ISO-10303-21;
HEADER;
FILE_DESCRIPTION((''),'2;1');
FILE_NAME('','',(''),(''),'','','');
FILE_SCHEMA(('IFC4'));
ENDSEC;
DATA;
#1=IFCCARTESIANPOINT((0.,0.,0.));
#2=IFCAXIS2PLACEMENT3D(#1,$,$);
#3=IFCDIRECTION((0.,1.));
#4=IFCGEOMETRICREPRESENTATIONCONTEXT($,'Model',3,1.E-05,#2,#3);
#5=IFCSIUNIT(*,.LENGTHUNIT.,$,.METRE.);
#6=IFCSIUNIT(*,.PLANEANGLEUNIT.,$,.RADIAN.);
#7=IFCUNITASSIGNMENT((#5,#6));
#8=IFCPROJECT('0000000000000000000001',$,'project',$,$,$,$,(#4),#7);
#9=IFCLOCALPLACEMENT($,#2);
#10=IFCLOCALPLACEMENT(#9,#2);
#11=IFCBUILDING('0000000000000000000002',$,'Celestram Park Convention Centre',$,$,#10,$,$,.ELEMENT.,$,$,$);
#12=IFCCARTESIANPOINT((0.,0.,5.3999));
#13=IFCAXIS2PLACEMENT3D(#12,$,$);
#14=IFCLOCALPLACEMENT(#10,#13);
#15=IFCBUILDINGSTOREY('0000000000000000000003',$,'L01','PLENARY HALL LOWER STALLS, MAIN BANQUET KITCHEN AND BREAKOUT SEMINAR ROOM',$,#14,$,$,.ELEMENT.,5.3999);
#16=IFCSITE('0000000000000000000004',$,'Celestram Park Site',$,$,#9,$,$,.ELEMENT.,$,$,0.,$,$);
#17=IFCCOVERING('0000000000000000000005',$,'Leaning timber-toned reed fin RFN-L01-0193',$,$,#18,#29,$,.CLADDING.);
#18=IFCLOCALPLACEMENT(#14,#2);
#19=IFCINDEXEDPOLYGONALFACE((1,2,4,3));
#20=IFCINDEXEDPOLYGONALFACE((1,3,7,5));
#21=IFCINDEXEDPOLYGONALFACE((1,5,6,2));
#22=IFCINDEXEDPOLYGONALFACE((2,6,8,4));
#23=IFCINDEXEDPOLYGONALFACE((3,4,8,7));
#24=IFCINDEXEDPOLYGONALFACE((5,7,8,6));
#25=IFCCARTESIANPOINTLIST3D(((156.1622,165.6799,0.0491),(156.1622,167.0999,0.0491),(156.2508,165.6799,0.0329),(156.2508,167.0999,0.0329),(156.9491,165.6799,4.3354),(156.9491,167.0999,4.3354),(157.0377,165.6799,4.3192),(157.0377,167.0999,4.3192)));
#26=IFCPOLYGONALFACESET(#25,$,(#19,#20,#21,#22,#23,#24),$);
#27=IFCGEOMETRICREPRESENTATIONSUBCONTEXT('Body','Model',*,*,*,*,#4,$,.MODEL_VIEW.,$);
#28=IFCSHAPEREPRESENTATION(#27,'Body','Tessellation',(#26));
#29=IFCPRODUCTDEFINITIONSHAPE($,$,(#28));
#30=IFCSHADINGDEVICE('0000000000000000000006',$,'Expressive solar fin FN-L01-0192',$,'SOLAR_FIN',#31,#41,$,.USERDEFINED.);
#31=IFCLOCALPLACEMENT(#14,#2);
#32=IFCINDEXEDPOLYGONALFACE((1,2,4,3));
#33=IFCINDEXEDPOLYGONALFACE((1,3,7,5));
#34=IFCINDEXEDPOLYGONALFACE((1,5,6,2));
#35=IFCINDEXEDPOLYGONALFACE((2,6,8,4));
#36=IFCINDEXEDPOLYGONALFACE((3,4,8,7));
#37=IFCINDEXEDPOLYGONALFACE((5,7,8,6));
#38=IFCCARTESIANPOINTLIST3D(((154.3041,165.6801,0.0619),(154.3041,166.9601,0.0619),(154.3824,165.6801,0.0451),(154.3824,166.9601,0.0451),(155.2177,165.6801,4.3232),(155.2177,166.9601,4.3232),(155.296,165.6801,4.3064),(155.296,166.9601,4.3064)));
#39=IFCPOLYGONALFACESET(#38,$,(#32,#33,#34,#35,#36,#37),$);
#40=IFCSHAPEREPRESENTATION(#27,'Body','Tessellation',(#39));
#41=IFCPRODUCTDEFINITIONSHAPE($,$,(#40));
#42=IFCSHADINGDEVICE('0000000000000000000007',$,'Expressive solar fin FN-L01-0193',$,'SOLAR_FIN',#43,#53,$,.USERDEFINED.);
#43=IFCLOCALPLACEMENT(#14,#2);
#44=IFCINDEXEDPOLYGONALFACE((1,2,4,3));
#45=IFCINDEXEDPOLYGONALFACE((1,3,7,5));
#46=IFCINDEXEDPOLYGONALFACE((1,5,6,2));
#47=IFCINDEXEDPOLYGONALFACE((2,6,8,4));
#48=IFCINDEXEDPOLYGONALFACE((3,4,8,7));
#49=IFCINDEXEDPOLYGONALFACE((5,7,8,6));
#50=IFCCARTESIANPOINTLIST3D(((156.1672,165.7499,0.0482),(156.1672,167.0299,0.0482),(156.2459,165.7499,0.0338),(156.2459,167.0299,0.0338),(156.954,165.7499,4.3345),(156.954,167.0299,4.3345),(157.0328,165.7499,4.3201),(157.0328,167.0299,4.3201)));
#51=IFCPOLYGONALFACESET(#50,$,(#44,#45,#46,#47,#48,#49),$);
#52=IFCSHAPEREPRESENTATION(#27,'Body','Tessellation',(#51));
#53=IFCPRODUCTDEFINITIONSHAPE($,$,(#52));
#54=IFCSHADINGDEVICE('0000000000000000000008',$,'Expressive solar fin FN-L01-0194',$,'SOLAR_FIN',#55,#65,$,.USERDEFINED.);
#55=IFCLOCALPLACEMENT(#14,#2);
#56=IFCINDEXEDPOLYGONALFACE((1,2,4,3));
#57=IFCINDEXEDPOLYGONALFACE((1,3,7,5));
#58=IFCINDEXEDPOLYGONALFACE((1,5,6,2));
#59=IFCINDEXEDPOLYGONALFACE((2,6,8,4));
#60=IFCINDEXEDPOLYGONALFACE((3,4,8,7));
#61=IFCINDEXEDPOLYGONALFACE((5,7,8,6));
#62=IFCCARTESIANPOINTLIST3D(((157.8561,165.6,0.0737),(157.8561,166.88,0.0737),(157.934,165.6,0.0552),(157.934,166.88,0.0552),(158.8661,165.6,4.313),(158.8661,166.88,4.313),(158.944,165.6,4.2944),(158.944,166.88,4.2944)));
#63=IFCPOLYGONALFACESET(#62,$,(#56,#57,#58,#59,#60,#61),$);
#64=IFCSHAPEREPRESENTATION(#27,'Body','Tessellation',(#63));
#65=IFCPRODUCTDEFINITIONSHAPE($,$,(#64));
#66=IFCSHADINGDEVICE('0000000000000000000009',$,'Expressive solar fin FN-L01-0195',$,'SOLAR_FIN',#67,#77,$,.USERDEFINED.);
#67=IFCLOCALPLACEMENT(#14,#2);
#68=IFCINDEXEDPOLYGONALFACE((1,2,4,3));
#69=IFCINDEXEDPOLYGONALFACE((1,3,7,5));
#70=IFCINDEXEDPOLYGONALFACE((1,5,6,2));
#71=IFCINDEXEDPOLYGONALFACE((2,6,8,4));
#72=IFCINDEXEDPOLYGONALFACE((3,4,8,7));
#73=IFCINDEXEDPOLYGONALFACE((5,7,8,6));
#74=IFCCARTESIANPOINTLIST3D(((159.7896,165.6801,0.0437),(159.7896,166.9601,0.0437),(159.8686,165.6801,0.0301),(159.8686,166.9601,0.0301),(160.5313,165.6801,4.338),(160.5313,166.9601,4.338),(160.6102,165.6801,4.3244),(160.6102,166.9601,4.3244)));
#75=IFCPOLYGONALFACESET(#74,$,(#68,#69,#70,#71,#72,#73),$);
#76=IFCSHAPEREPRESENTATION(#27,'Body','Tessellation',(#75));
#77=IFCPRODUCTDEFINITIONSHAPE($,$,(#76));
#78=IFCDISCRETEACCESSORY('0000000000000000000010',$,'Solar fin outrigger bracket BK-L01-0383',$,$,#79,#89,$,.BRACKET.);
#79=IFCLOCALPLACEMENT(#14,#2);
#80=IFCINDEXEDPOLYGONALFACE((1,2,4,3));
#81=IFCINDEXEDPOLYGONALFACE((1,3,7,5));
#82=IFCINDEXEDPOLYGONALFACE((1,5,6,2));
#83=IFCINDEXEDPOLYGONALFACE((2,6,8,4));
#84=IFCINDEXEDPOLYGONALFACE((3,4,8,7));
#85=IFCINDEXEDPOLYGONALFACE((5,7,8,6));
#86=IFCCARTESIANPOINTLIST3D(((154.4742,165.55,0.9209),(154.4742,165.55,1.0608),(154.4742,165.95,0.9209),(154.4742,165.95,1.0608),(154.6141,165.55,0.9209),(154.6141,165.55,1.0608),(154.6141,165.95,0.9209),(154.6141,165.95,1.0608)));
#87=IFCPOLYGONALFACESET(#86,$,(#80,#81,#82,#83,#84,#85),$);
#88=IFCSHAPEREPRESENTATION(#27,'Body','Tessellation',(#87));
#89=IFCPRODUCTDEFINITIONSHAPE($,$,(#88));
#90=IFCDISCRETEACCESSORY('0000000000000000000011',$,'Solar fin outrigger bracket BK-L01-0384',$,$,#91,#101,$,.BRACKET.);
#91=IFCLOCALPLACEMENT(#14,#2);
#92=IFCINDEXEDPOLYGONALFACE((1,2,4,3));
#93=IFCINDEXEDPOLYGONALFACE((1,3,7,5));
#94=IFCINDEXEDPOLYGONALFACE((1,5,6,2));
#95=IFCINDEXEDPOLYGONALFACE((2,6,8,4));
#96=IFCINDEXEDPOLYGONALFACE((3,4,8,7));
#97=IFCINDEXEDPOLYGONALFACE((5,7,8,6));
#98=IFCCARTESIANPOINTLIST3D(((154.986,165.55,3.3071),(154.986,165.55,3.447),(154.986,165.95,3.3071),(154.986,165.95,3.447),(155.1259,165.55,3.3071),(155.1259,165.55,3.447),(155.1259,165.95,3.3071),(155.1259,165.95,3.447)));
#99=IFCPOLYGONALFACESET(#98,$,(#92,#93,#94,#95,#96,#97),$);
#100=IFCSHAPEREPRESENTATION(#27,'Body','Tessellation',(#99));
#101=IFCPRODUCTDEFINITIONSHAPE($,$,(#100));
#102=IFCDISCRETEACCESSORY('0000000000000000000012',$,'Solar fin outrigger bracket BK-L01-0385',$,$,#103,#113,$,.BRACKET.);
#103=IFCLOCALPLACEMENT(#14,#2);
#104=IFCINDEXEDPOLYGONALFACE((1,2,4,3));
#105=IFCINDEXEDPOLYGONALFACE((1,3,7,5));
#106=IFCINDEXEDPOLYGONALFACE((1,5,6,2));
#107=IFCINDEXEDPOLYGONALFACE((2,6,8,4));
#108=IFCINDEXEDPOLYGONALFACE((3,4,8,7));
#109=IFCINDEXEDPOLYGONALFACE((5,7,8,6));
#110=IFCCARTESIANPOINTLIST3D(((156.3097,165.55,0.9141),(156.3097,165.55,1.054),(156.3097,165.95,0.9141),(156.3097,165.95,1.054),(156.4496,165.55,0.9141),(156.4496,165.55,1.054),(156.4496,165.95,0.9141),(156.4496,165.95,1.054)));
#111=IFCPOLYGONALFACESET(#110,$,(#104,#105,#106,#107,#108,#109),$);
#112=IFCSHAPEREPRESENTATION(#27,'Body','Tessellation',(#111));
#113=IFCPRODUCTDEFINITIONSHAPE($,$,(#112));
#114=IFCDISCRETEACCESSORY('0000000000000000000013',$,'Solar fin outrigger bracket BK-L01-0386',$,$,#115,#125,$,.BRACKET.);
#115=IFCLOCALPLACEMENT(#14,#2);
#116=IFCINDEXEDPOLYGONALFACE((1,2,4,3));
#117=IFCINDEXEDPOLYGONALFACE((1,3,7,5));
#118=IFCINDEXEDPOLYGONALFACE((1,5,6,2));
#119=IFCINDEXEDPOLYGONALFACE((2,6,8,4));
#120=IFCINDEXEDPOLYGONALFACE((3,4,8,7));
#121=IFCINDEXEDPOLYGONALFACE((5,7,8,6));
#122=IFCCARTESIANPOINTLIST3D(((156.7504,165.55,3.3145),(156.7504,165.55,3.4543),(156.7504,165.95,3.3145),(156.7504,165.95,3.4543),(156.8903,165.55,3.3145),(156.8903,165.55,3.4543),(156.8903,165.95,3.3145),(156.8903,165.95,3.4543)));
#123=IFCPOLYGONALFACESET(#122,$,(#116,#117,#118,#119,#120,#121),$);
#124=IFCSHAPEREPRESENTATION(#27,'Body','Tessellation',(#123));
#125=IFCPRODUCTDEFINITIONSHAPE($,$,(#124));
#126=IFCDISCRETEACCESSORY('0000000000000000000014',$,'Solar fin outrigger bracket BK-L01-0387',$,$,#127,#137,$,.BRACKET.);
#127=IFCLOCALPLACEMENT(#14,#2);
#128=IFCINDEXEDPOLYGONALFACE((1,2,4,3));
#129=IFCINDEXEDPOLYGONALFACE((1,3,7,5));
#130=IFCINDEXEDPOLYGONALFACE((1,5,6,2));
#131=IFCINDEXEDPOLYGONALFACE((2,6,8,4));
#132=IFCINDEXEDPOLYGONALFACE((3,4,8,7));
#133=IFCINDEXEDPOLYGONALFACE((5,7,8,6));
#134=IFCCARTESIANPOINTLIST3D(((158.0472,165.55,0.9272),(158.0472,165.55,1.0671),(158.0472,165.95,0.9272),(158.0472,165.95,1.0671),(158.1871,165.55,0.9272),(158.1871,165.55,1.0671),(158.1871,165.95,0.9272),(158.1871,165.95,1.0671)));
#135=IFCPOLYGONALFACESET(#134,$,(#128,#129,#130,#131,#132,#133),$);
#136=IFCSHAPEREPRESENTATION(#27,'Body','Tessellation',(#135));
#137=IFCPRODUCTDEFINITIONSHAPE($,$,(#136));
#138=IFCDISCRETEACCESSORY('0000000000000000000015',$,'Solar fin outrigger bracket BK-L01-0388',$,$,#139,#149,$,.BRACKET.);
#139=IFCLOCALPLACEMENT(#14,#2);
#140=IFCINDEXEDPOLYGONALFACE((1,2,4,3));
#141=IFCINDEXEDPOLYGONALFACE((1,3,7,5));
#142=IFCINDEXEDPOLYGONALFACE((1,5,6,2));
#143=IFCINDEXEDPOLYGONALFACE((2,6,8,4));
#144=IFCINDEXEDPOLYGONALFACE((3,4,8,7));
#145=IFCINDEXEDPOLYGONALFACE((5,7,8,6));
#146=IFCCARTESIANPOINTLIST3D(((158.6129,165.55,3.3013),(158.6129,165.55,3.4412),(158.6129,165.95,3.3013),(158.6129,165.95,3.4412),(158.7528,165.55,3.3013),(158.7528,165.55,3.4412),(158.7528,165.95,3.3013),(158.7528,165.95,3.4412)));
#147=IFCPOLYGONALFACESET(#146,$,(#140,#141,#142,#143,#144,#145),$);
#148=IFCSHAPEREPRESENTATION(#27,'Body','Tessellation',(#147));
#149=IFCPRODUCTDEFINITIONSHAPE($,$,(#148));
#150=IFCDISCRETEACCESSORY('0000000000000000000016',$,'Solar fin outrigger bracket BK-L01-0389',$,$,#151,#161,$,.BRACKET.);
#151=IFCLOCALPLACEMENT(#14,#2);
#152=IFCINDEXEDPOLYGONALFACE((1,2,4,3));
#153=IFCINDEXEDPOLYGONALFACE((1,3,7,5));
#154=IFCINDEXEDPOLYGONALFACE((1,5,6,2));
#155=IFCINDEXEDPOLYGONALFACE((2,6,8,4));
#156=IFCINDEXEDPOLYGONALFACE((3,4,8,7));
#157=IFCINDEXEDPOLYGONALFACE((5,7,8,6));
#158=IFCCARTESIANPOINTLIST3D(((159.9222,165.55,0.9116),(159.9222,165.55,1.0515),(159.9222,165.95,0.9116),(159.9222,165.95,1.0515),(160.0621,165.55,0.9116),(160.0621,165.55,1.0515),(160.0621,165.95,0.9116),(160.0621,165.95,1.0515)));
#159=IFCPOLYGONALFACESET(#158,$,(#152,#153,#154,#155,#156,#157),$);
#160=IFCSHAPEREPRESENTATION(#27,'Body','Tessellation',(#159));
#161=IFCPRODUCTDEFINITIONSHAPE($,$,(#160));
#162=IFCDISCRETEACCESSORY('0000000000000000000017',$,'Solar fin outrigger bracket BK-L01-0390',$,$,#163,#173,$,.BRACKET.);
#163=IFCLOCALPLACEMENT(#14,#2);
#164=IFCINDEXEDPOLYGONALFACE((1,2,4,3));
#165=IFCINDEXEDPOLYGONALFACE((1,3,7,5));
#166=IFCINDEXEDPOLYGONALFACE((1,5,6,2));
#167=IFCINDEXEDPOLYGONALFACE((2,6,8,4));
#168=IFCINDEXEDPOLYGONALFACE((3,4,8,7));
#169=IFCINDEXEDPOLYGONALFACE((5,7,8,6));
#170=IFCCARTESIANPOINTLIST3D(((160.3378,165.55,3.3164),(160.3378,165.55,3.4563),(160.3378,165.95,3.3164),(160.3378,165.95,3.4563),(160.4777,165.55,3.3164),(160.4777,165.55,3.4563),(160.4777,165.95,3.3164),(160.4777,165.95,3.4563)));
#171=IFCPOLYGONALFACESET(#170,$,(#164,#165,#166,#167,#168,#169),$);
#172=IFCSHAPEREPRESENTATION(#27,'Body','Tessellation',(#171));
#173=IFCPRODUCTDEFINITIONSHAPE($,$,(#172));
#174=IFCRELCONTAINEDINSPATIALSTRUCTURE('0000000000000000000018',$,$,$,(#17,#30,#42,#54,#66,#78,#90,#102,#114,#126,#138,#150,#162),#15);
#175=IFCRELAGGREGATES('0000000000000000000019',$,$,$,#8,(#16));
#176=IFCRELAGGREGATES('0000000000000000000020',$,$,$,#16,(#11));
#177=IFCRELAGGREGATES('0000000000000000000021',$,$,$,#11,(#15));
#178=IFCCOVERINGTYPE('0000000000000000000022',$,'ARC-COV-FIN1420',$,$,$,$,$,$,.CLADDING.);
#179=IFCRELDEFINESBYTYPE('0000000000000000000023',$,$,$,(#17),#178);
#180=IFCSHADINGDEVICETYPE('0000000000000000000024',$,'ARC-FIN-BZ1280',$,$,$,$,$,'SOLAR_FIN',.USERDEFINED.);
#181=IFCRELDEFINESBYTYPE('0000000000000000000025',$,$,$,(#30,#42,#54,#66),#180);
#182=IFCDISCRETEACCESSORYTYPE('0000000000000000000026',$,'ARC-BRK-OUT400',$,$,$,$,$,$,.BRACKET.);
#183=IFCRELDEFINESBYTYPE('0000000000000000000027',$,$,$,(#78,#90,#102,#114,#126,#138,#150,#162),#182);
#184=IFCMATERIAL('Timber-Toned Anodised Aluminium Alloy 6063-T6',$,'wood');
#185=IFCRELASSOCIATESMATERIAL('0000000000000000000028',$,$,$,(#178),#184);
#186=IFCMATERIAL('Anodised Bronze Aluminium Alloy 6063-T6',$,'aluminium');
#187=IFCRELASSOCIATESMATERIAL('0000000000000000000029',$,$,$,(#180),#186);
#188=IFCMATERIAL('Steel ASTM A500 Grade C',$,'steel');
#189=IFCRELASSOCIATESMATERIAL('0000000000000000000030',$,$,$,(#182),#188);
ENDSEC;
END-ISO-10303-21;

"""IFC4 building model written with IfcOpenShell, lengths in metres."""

from ifc_helpers import new_model, si_unit, direction, frame, origin, origin_2d, place, context, subcontext, project, spatial, rectangle, extrude, material, material_profile, profile_set, type_object, element, save


model = new_model("IFC4")

# Units and contexts
model_context = context("Model", 3, precision=1e-05, world=origin(), true_north=direction((0.0, 1.0)))
body_context = subcontext(model_context, "Body", "Model", "MODEL_VIEW")
ifc_project = project(units=[si_unit("LENGTHUNIT", "METRE"), si_unit("PLANEANGLEUNIT", "RADIAN")], contexts=[model_context])

# Site, building, storey
site_placement = place(None, origin())
site = spatial("IfcSite", under=ifc_project, at=site_placement, Name="Celestram Park Site", CompositionType="ELEMENT", RefElevation=0.0)
building_placement = place(site_placement, origin())
building = spatial("IfcBuilding", under=site, at=building_placement, Name="Celestram Park Convention Centre", CompositionType="ELEMENT")
storey_placement = place(building_placement, frame((0.0, 0.0, 5.3999)))
storey = spatial("IfcBuildingStorey", under=building, at=storey_placement, Name="L01", Description="PLENARY HALL LOWER STALLS, MAIN BANQUET KITCHEN AND BREAKOUT SEMINAR ROOM", CompositionType="ELEMENT", Elevation=5.3999)

# Shared definitions
ifc_material_1 = material(Name="Steel ASTM A500 Grade C", Category="steel")

# Covering
ifc_material_2 = material(Name="Timber-Toned Anodised Aluminium Alloy 6063-T6", Category="wood")
ifc_material_profile_1 = material_profile(ifc_material_2, rectangle(XDim=1.4199, YDim=0.0901, at=origin_2d()), Name="REED1420X90")
ifc_profile_set_1 = profile_set([ifc_material_profile_1], Name="Timber-Toned Anodised Aluminium Alloy 6063-T6")
covering_type_1 = type_object("IfcCoveringType", Name="ARC-COV-FIN1420", PredefinedType="CLADDING", material=ifc_profile_set_1)
covering_1_placement = place(storey_placement, frame((156.2065, 166.3899, 0.041), z_axis=(0.180556, 0.0, 0.983565), x_axis=(0.0, 1.0, 0.0)))
element("IfcCovering", 1, at=covering_1_placement, inside=storey, type_object=covering_type_1, Name="Leaning timber-toned reed fin RFN-L01-0193", PredefinedType="CLADDING", context=body_context, shape_type="SweptSolid", body=[
    extrude(rectangle(XDim=1.4199, YDim=0.0901, at=origin_2d()), origin(), (0.0, 0.0, 1.0), 4.3579),
])

# Shading devices
ifc_material_3 = material(Name="Anodised Bronze Aluminium Alloy 6063-T6", Category="aluminium")
ifc_material_profile_2 = material_profile(ifc_material_3, rectangle(XDim=1.28, YDim=0.0801, at=origin_2d()), Name="FIN1280X80")
ifc_profile_set_2 = profile_set([ifc_material_profile_2], Name="Anodised Bronze Aluminium Alloy 6063-T6")
shading_device_type = type_object("IfcShadingDeviceType", Name="ARC-FIN-BZ1280", ElementType="SOLAR_FIN", PredefinedType="USERDEFINED", material=ifc_profile_set_2)
shading_device_placement = place(storey_placement, frame((154.3433, 166.3201, 0.0535), z_axis=(0.209629, 0.0, 0.977781), x_axis=(0.0, 1.0, 0.0)))
element("IfcShadingDevice", 2, at=shading_device_placement, inside=storey, type_object=shading_device_type, Name="Expressive solar fin FN-L01-0192", ObjectType="SOLAR_FIN", PredefinedType="USERDEFINED", context=body_context, shape_type="SweptSolid", body=[
    extrude(rectangle(XDim=1.28, YDim=0.0801, at=origin_2d()), origin(), (0.0, 0.0, 1.0), 4.3582),
])
for number, where, z_axis, x_axis, name in (
    (3, (156.2065, 166.3899, 0.041), (0.180556, 0.0, 0.983565), (0.0, 1.0, 0.0), "Expressive solar fin FN-L01-0193"),
    (4, (157.895, 166.24, 0.0645), (0.231764, 0.0, 0.972772), (0.0, 1.0, 0.0), "Expressive solar fin FN-L01-0194"),
    (5, (159.8291, 166.3201, 0.0369), (0.170192, 0.0, 0.985411), (0.0, 1.0, 0.0), "Expressive solar fin FN-L01-0195"),
):
    element("IfcShadingDevice", number, at=place(storey_placement, frame(where, z_axis=z_axis, x_axis=x_axis)), inside=storey, type_object=shading_device_type, Name=name, ObjectType="SOLAR_FIN", PredefinedType="USERDEFINED", context=body_context, shape_type="SweptSolid", body=[
        extrude(rectangle(XDim=1.28, YDim=0.0801, at=origin_2d()), origin(), (0.0, 0.0, 1.0), 4.3579),
    ])

# Discrete accessories
discrete_accessory_type = type_object("IfcDiscreteAccessoryType", Name="ARC-BRK-OUT400", PredefinedType="BRACKET", material=ifc_material_1)
for number, where, z_axis, x_axis, name in (
    (6, (154.5442, 165.75, 0.9209), (0.0, 0.0, 1.0), (0.0, 1.0, 0.0), "Solar fin outrigger bracket BK-L01-0383"),
    (7, (155.0559, 165.75, 3.3071), (0.0, 0.0, 1.0), (0.0, 1.0, 0.0), "Solar fin outrigger bracket BK-L01-0384"),
    (8, (156.3796, 165.75, 0.9141), (0.0, 0.0, 1.0), (0.0, 1.0, 0.0), "Solar fin outrigger bracket BK-L01-0385"),
    (9, (156.8203, 165.75, 3.3145), (0.0, 0.0, 1.0), (0.0, 1.0, 0.0), "Solar fin outrigger bracket BK-L01-0386"),
    (10, (158.1172, 165.75, 0.9272), (0.0, 0.0, 1.0), (0.0, 1.0, 0.0), "Solar fin outrigger bracket BK-L01-0387"),
    (11, (158.6829, 165.75, 3.3013), (0.0, 0.0, 1.0), (0.0, 1.0, 0.0), "Solar fin outrigger bracket BK-L01-0388"),
    (12, (159.9922, 165.75, 0.9116), (0.0, 0.0, 1.0), (0.0, 1.0, 0.0), "Solar fin outrigger bracket BK-L01-0389"),
    (13, (160.4077, 165.75, 3.3164), (0.0, 0.0, 1.0), (0.0, 1.0, 0.0), "Solar fin outrigger bracket BK-L01-0390"),
):
    element("IfcDiscreteAccessory", number, at=place(storey_placement, frame(where, z_axis=z_axis, x_axis=x_axis)), inside=storey, type_object=discrete_accessory_type, Name=name, PredefinedType="BRACKET", context=body_context, shape_type="SweptSolid", body=[
        extrude(rectangle(XDim=0.3999, YDim=0.1399, at=origin_2d()), origin(), (0.0, 0.0, 1.0), 0.1399),
    ])

save(model, "model.ifc")
